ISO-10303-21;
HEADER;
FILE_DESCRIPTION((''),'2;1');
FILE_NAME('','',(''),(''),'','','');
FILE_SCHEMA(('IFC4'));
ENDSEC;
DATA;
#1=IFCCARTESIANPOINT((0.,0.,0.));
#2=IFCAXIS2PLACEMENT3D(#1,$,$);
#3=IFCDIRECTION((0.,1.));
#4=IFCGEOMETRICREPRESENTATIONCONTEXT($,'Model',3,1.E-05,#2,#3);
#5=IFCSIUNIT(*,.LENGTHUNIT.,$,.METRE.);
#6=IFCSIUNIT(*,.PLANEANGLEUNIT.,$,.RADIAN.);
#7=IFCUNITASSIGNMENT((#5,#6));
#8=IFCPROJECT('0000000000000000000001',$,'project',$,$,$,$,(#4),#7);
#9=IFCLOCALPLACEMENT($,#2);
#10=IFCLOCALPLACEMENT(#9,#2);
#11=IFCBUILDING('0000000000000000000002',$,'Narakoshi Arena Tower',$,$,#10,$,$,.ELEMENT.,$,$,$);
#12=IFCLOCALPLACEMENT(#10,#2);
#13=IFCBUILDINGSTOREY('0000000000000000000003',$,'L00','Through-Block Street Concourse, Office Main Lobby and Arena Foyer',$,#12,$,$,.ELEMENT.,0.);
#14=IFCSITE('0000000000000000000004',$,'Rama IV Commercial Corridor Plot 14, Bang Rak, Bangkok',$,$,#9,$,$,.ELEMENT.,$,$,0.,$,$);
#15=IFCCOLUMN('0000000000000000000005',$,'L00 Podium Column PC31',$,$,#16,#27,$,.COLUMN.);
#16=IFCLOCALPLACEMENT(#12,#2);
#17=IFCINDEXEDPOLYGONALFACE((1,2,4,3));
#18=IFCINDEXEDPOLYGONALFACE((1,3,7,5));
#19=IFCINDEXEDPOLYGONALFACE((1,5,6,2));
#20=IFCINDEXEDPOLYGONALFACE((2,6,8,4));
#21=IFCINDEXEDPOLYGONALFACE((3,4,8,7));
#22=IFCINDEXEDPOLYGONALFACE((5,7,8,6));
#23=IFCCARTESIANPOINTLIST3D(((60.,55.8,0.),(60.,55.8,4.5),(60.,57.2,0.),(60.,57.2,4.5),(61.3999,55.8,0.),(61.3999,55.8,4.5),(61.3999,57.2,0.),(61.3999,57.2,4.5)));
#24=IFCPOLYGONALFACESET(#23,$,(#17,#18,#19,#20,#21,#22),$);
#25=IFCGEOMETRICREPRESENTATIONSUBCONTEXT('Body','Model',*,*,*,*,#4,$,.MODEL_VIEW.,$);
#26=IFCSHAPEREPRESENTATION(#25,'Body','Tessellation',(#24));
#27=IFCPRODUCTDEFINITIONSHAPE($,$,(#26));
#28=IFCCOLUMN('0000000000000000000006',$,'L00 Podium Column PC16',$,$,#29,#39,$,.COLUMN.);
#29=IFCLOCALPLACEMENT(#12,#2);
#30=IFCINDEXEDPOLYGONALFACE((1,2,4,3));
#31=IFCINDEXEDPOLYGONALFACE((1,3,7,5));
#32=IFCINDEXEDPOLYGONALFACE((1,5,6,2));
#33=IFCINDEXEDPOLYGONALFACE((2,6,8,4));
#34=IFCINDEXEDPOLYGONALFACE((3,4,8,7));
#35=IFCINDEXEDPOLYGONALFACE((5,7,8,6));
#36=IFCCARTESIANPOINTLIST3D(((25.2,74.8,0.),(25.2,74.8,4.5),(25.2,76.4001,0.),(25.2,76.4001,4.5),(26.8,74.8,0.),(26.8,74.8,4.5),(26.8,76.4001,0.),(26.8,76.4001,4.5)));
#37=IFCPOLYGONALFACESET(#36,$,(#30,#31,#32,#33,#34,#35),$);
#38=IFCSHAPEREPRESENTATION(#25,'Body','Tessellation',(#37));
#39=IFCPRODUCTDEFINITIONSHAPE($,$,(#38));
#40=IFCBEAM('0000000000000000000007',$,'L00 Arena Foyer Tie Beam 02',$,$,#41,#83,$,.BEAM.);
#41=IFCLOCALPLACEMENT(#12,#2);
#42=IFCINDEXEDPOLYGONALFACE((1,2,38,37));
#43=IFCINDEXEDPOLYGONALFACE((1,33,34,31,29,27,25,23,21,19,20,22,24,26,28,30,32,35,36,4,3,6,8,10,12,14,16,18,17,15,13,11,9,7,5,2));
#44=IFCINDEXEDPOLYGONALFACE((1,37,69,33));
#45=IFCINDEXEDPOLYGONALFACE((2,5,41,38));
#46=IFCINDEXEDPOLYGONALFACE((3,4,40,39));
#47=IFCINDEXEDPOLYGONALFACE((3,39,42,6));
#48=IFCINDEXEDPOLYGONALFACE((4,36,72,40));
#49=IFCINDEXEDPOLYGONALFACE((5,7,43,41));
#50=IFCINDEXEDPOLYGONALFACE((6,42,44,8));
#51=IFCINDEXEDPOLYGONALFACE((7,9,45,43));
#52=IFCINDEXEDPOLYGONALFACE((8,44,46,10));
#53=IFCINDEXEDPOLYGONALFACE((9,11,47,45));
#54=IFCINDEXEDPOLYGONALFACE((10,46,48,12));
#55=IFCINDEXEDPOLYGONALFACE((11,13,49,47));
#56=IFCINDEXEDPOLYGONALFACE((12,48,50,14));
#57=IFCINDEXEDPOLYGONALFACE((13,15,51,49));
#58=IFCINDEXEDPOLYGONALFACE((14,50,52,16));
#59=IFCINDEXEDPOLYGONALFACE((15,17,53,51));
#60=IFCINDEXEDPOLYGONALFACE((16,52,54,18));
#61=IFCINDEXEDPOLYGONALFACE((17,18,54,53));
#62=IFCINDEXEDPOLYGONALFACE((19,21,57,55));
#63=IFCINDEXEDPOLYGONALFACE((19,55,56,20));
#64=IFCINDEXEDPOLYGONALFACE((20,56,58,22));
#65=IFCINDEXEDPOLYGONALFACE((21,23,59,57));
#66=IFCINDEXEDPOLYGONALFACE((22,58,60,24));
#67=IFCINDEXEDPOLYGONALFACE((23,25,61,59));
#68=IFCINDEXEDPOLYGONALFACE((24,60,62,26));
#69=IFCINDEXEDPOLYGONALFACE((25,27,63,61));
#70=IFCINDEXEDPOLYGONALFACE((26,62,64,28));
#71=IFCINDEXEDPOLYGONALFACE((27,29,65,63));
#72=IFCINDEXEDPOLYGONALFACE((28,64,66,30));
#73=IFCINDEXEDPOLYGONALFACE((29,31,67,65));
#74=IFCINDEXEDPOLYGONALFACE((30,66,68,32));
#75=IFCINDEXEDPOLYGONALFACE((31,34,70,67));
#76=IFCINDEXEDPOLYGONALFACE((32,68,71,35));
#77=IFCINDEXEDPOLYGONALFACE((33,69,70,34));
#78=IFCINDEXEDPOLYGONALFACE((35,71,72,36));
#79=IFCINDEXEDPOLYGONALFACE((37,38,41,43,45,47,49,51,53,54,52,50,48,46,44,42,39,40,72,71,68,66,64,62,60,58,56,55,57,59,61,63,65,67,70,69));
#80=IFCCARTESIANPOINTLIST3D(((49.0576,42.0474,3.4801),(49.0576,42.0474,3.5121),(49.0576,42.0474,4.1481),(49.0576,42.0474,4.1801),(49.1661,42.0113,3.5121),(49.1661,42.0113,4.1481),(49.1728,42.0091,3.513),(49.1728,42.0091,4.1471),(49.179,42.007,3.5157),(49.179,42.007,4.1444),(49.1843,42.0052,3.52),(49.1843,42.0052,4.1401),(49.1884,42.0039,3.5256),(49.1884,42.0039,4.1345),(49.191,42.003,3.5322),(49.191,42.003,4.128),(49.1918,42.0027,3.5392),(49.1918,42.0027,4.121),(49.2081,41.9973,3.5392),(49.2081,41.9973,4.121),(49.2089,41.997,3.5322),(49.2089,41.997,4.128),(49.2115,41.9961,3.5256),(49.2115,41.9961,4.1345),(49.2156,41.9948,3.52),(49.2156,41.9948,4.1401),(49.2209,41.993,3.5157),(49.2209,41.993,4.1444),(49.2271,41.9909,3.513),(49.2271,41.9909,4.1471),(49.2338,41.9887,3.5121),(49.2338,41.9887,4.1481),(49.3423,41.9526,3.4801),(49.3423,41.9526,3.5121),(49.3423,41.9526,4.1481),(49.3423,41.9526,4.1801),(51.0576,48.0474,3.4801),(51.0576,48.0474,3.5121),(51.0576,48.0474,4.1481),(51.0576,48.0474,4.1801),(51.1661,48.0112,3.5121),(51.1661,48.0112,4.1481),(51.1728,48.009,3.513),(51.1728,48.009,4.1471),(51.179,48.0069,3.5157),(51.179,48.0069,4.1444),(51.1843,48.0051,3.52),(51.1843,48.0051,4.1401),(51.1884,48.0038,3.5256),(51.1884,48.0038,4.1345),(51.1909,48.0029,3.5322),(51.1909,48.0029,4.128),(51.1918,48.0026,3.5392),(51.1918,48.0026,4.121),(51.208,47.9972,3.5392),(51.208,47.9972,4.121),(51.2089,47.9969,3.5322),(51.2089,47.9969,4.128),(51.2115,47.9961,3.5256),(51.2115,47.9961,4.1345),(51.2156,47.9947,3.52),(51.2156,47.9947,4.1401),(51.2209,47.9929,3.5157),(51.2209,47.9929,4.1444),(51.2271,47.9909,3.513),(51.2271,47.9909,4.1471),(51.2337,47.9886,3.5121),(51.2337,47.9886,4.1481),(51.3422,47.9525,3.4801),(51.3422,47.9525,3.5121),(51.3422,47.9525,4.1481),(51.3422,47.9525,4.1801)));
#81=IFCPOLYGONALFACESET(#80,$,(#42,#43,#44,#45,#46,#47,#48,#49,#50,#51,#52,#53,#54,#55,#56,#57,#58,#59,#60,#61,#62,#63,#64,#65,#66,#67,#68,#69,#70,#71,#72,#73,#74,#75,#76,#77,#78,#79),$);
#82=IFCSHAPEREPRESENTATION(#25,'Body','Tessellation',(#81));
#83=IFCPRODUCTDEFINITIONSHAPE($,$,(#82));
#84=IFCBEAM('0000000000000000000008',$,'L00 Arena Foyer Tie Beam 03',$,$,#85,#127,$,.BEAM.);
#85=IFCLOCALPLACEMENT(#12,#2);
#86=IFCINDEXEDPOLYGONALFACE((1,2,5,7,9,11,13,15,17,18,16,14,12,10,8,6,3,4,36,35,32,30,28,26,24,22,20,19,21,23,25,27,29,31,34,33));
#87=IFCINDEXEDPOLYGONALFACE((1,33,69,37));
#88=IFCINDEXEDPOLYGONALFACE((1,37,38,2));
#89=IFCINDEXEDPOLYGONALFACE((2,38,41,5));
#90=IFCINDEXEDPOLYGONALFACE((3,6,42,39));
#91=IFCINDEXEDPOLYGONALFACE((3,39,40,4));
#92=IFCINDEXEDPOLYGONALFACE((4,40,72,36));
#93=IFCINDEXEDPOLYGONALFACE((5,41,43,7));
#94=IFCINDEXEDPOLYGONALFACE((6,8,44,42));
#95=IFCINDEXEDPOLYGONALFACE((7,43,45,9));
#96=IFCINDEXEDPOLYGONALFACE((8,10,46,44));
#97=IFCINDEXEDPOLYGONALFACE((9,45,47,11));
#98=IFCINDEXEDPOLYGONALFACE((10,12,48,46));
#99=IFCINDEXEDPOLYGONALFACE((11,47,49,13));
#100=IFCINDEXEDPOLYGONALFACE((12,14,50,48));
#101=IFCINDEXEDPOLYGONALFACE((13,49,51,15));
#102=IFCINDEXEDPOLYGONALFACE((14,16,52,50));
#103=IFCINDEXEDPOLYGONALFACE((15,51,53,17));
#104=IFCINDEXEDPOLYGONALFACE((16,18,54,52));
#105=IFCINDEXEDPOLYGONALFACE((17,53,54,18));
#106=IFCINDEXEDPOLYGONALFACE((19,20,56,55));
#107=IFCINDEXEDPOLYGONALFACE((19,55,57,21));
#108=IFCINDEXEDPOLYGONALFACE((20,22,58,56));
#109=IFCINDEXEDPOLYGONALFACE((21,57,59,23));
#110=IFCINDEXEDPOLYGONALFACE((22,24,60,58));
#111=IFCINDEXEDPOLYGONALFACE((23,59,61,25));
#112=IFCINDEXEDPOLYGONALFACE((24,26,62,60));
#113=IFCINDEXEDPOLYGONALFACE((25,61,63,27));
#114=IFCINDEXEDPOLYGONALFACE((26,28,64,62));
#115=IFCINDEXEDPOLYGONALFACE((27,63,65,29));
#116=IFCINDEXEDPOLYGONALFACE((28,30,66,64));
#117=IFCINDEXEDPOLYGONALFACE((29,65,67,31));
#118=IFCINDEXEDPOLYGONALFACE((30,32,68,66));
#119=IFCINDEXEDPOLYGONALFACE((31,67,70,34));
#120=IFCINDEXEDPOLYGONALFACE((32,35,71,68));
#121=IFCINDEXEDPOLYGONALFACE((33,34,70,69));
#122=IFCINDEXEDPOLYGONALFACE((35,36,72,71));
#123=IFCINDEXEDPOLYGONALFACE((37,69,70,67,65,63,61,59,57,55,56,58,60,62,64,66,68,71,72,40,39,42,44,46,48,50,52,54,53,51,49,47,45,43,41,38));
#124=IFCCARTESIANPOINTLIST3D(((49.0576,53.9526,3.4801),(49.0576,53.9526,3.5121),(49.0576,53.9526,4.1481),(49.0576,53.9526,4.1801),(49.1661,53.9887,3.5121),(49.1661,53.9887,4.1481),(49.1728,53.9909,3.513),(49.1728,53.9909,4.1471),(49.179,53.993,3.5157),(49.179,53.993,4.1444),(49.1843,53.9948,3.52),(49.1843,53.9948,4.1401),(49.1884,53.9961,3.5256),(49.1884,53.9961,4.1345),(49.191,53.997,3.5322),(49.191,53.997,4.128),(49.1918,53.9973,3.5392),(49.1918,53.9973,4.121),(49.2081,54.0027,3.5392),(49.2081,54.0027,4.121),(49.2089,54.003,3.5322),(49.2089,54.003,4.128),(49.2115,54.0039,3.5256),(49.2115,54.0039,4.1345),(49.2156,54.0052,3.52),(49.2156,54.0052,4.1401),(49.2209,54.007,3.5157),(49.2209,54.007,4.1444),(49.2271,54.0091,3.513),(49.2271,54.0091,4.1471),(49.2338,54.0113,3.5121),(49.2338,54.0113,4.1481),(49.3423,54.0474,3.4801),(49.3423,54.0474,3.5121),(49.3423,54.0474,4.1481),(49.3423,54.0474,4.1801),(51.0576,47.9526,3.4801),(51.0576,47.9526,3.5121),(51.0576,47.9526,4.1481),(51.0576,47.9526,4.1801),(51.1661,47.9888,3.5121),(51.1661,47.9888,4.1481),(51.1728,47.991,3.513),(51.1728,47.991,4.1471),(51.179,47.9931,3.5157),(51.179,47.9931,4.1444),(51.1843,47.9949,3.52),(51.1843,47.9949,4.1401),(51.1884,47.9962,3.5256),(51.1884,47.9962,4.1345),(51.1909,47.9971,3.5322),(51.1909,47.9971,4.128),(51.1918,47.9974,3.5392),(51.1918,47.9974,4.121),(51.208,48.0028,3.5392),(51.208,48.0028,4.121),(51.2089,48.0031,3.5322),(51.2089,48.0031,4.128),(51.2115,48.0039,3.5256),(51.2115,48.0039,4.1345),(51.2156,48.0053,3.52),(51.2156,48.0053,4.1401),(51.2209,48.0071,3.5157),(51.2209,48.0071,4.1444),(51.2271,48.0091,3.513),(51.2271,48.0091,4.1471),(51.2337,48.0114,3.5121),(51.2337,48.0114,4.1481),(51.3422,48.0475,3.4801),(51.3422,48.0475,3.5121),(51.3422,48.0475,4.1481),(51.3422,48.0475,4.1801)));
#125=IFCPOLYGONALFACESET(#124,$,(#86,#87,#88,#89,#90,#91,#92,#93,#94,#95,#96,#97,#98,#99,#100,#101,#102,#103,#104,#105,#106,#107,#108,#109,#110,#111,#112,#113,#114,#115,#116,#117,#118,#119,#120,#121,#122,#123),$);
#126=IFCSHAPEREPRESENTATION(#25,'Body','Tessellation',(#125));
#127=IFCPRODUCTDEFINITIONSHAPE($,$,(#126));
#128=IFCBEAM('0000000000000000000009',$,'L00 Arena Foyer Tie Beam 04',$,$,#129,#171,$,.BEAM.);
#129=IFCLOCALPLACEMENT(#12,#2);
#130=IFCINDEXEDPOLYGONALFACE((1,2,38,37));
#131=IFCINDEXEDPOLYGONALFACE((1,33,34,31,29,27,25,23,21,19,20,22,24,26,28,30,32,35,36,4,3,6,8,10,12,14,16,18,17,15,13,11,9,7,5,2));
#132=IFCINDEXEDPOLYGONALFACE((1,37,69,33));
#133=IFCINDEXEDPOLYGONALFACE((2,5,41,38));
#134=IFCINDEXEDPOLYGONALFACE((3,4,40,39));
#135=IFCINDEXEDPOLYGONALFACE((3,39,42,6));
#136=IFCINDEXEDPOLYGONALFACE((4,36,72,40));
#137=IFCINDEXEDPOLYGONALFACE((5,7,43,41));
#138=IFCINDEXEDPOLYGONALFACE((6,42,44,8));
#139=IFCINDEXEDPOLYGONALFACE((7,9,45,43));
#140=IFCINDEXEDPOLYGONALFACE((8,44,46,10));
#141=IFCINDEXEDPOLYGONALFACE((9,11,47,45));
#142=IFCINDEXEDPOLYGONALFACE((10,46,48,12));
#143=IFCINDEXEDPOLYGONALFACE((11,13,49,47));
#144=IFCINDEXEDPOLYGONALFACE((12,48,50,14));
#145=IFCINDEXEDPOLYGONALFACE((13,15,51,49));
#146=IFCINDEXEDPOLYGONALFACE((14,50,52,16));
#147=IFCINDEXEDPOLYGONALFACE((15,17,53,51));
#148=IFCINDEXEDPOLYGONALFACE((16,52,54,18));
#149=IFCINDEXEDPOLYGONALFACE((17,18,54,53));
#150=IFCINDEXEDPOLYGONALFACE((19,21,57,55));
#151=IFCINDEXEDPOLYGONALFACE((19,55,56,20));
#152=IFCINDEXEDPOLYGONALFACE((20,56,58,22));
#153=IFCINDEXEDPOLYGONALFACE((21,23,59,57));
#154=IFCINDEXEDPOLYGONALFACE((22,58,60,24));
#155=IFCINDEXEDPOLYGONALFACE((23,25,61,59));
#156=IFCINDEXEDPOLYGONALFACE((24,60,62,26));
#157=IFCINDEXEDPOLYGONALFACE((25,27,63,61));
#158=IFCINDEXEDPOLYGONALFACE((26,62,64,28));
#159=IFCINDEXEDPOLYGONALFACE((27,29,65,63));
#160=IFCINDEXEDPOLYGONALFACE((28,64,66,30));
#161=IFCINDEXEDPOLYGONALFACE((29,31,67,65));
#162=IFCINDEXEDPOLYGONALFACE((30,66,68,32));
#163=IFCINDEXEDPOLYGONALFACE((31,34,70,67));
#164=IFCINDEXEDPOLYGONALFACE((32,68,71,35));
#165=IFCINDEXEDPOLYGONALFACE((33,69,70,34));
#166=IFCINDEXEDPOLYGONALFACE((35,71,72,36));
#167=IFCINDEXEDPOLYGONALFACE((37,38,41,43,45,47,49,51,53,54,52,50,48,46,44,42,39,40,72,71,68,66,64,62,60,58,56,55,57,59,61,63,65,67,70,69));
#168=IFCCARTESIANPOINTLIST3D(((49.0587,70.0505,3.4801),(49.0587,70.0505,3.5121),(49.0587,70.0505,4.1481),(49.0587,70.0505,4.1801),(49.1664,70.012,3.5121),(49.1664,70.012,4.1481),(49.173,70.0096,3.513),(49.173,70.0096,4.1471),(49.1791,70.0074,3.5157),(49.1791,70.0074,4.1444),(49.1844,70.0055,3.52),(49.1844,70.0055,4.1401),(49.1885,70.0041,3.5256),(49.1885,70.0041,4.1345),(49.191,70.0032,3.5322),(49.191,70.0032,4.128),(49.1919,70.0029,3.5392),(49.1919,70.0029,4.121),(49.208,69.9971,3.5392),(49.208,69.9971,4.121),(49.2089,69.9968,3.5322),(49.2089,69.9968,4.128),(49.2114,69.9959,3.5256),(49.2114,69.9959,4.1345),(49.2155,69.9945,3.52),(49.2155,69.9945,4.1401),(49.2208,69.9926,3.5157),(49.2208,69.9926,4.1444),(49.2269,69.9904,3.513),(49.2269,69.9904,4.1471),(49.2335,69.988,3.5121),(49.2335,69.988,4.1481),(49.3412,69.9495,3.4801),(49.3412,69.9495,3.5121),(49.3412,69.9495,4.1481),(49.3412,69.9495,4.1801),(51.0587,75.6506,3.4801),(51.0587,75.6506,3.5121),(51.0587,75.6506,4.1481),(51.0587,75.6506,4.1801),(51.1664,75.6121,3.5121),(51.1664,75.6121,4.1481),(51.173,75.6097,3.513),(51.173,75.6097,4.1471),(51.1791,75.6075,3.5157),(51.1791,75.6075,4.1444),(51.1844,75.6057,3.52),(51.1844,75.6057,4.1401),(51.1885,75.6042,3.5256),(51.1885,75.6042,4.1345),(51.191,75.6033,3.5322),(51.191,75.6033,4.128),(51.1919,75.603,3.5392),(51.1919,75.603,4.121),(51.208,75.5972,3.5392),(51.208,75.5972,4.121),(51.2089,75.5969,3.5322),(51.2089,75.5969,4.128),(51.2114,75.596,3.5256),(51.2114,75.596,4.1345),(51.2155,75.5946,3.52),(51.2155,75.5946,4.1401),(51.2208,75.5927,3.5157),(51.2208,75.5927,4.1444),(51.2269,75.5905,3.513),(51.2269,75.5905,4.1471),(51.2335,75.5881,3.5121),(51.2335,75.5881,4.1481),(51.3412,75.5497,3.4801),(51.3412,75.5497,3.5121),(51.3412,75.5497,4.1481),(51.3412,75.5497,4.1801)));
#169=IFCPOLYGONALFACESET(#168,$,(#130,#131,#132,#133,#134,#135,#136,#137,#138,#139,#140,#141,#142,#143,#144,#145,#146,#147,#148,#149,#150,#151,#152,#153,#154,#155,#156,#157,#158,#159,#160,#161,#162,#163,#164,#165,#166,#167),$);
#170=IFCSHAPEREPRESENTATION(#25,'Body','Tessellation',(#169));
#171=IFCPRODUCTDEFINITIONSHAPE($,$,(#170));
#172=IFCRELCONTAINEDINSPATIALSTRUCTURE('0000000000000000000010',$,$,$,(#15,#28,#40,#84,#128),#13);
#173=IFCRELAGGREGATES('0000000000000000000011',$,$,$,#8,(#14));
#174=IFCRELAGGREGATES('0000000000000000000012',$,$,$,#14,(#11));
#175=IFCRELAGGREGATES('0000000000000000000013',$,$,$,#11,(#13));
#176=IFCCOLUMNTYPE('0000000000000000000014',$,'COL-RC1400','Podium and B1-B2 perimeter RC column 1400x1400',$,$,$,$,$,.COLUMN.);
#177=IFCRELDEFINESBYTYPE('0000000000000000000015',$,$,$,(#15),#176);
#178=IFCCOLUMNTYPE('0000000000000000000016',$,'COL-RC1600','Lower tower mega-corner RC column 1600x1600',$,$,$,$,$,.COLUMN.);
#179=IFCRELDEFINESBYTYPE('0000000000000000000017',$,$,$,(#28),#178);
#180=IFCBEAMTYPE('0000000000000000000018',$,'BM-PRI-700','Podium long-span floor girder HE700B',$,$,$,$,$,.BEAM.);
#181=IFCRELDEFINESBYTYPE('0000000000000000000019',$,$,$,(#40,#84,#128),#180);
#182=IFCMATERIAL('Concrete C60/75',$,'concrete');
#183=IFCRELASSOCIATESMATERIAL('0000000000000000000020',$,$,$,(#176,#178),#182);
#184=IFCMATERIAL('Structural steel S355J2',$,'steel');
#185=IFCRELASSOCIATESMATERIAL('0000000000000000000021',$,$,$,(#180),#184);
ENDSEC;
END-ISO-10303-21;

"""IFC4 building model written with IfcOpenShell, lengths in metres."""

from ifc_helpers import new_model, si_unit, direction, frame, origin, origin_2d, place, context, subcontext, project, spatial, rectangle, i_section, extrude, material, material_profile, profile_set, type_object, element, save


model = new_model("IFC4")

# Units and contexts
model_context = context("Model", 3, precision=1e-05, world=origin(), true_north=direction((0.0, 1.0)))
body_context = subcontext(model_context, "Body", "Model", "MODEL_VIEW")
ifc_project = project(units=[si_unit("LENGTHUNIT", "METRE"), si_unit("PLANEANGLEUNIT", "RADIAN")], contexts=[model_context])

# Site, building, storey
site_placement = place(None, origin())
site = spatial("IfcSite", under=ifc_project, at=site_placement, Name="Rama IV Commercial Corridor Plot 14, Bang Rak, Bangkok", CompositionType="ELEMENT", RefElevation=0.0)
building_placement = place(site_placement, origin())
building = spatial("IfcBuilding", under=site, at=building_placement, Name="Narakoshi Arena Tower", CompositionType="ELEMENT")
storey_placement = place(building_placement, origin())
storey = spatial("IfcBuildingStorey", under=building, at=storey_placement, Name="L00", Description="Through-Block Street Concourse, Office Main Lobby and Arena Foyer", CompositionType="ELEMENT", Elevation=0.0)

# Columns
ifc_material_1 = material(Name="Concrete C60/75", Category="concrete")
ifc_material_profile_1 = material_profile(ifc_material_1, rectangle(XDim=1.3999, YDim=1.3999, at=origin_2d()), Name="RC1400x1400")
ifc_profile_set_1 = profile_set([ifc_material_profile_1], Name="Concrete C60/75")
column_type_1 = type_object("IfcColumnType", Name="COL-RC1400", Description="Podium and B1-B2 perimeter RC column 1400x1400", PredefinedType="COLUMN", material=ifc_profile_set_1)
column_1_placement = place(storey_placement, frame((60.7, 56.5, 0.0), z_axis=(0.0, 0.0, 1.0), x_axis=(1.0, 0.0, 0.0)))
element("IfcColumn", 1, at=column_1_placement, inside=storey, type_object=column_type_1, Name="L00 Podium Column PC31", PredefinedType="COLUMN", context=body_context, shape_type="SweptSolid", body=[
    extrude(rectangle(XDim=1.3999, YDim=1.3999, at=origin_2d()), origin(), (0.0, 0.0, 1.0), 4.5),
])
ifc_material_profile_2 = material_profile(ifc_material_1, rectangle(XDim=1.6001, YDim=1.6001, at=origin_2d()), Name="RC1600x1600")
ifc_profile_set_2 = profile_set([ifc_material_profile_2], Name="Concrete C60/75")
column_type_2 = type_object("IfcColumnType", Name="COL-RC1600", Description="Lower tower mega-corner RC column 1600x1600", PredefinedType="COLUMN", material=ifc_profile_set_2)
column_2_placement = place(storey_placement, frame((26.0, 75.6001, 0.0), z_axis=(0.0, 0.0, 1.0), x_axis=(1.0, 0.0, 0.0)))
element("IfcColumn", 2, at=column_2_placement, inside=storey, type_object=column_type_2, Name="L00 Podium Column PC16", PredefinedType="COLUMN", context=body_context, shape_type="SweptSolid", body=[
    extrude(rectangle(XDim=1.6001, YDim=1.6001, at=origin_2d()), origin(), (0.0, 0.0, 1.0), 4.5),
])

# Beams
ifc_material_2 = material(Name="Structural steel S355J2", Category="steel")
ifc_material_profile_3 = material_profile(ifc_material_2, i_section(OverallWidth=0.3, OverallDepth=0.7, WebThickness=0.0171, FlangeThickness=0.032, FilletRadius=0.0271, at=origin_2d()), Name="HE700B")
ifc_profile_set_3 = profile_set([ifc_material_profile_3], Name="Structural steel S355J2")
beam_type_1 = type_object("IfcBeamType", Name="BM-PRI-700", Description="Podium long-span floor girder HE700B", PredefinedType="BEAM", material=ifc_profile_set_3)
for number, where, z_axis, x_axis, name in (
    (3, (49.2, 42.0, 3.8301), (0.316228, 0.948683, 0.0), (-0.948683, 0.316228, 0.0), "L00 Arena Foyer Tie Beam 02"),
    (4, (49.2, 54.0, 3.8301), (0.316228, -0.948683, 0.0), (0.948683, 0.316228, 0.0), "L00 Arena Foyer Tie Beam 03"),
):
    element("IfcBeam", number, at=place(storey_placement, frame(where, z_axis=z_axis, x_axis=x_axis)), inside=storey, type_object=beam_type_1, Name=name, PredefinedType="BEAM", context=body_context, shape_type="SweptSolid", body=[
        extrude(i_section(OverallWidth=0.3, OverallDepth=0.7, WebThickness=0.0171, FlangeThickness=0.032, FilletRadius=0.0271, at=origin_2d()), origin(), (0.0, 0.0, 1.0), 6.3245),
    ])
beam_1_placement = place(storey_placement, frame((49.2, 70.0, 3.8301), z_axis=(0.336331, 0.941744, 0.0), x_axis=(-0.941744, 0.336331, 0.0)))
element("IfcBeam", 5, at=beam_1_placement, inside=storey, type_object=beam_type_1, Name="L00 Arena Foyer Tie Beam 04", PredefinedType="BEAM", context=body_context, shape_type="SweptSolid", body=[
    extrude(i_section(OverallWidth=0.3, OverallDepth=0.7, WebThickness=0.0171, FlangeThickness=0.032, FilletRadius=0.0271, at=origin_2d()), origin(), (0.0, 0.0, 1.0), 5.9465),
])

save(model, "model.ifc")
